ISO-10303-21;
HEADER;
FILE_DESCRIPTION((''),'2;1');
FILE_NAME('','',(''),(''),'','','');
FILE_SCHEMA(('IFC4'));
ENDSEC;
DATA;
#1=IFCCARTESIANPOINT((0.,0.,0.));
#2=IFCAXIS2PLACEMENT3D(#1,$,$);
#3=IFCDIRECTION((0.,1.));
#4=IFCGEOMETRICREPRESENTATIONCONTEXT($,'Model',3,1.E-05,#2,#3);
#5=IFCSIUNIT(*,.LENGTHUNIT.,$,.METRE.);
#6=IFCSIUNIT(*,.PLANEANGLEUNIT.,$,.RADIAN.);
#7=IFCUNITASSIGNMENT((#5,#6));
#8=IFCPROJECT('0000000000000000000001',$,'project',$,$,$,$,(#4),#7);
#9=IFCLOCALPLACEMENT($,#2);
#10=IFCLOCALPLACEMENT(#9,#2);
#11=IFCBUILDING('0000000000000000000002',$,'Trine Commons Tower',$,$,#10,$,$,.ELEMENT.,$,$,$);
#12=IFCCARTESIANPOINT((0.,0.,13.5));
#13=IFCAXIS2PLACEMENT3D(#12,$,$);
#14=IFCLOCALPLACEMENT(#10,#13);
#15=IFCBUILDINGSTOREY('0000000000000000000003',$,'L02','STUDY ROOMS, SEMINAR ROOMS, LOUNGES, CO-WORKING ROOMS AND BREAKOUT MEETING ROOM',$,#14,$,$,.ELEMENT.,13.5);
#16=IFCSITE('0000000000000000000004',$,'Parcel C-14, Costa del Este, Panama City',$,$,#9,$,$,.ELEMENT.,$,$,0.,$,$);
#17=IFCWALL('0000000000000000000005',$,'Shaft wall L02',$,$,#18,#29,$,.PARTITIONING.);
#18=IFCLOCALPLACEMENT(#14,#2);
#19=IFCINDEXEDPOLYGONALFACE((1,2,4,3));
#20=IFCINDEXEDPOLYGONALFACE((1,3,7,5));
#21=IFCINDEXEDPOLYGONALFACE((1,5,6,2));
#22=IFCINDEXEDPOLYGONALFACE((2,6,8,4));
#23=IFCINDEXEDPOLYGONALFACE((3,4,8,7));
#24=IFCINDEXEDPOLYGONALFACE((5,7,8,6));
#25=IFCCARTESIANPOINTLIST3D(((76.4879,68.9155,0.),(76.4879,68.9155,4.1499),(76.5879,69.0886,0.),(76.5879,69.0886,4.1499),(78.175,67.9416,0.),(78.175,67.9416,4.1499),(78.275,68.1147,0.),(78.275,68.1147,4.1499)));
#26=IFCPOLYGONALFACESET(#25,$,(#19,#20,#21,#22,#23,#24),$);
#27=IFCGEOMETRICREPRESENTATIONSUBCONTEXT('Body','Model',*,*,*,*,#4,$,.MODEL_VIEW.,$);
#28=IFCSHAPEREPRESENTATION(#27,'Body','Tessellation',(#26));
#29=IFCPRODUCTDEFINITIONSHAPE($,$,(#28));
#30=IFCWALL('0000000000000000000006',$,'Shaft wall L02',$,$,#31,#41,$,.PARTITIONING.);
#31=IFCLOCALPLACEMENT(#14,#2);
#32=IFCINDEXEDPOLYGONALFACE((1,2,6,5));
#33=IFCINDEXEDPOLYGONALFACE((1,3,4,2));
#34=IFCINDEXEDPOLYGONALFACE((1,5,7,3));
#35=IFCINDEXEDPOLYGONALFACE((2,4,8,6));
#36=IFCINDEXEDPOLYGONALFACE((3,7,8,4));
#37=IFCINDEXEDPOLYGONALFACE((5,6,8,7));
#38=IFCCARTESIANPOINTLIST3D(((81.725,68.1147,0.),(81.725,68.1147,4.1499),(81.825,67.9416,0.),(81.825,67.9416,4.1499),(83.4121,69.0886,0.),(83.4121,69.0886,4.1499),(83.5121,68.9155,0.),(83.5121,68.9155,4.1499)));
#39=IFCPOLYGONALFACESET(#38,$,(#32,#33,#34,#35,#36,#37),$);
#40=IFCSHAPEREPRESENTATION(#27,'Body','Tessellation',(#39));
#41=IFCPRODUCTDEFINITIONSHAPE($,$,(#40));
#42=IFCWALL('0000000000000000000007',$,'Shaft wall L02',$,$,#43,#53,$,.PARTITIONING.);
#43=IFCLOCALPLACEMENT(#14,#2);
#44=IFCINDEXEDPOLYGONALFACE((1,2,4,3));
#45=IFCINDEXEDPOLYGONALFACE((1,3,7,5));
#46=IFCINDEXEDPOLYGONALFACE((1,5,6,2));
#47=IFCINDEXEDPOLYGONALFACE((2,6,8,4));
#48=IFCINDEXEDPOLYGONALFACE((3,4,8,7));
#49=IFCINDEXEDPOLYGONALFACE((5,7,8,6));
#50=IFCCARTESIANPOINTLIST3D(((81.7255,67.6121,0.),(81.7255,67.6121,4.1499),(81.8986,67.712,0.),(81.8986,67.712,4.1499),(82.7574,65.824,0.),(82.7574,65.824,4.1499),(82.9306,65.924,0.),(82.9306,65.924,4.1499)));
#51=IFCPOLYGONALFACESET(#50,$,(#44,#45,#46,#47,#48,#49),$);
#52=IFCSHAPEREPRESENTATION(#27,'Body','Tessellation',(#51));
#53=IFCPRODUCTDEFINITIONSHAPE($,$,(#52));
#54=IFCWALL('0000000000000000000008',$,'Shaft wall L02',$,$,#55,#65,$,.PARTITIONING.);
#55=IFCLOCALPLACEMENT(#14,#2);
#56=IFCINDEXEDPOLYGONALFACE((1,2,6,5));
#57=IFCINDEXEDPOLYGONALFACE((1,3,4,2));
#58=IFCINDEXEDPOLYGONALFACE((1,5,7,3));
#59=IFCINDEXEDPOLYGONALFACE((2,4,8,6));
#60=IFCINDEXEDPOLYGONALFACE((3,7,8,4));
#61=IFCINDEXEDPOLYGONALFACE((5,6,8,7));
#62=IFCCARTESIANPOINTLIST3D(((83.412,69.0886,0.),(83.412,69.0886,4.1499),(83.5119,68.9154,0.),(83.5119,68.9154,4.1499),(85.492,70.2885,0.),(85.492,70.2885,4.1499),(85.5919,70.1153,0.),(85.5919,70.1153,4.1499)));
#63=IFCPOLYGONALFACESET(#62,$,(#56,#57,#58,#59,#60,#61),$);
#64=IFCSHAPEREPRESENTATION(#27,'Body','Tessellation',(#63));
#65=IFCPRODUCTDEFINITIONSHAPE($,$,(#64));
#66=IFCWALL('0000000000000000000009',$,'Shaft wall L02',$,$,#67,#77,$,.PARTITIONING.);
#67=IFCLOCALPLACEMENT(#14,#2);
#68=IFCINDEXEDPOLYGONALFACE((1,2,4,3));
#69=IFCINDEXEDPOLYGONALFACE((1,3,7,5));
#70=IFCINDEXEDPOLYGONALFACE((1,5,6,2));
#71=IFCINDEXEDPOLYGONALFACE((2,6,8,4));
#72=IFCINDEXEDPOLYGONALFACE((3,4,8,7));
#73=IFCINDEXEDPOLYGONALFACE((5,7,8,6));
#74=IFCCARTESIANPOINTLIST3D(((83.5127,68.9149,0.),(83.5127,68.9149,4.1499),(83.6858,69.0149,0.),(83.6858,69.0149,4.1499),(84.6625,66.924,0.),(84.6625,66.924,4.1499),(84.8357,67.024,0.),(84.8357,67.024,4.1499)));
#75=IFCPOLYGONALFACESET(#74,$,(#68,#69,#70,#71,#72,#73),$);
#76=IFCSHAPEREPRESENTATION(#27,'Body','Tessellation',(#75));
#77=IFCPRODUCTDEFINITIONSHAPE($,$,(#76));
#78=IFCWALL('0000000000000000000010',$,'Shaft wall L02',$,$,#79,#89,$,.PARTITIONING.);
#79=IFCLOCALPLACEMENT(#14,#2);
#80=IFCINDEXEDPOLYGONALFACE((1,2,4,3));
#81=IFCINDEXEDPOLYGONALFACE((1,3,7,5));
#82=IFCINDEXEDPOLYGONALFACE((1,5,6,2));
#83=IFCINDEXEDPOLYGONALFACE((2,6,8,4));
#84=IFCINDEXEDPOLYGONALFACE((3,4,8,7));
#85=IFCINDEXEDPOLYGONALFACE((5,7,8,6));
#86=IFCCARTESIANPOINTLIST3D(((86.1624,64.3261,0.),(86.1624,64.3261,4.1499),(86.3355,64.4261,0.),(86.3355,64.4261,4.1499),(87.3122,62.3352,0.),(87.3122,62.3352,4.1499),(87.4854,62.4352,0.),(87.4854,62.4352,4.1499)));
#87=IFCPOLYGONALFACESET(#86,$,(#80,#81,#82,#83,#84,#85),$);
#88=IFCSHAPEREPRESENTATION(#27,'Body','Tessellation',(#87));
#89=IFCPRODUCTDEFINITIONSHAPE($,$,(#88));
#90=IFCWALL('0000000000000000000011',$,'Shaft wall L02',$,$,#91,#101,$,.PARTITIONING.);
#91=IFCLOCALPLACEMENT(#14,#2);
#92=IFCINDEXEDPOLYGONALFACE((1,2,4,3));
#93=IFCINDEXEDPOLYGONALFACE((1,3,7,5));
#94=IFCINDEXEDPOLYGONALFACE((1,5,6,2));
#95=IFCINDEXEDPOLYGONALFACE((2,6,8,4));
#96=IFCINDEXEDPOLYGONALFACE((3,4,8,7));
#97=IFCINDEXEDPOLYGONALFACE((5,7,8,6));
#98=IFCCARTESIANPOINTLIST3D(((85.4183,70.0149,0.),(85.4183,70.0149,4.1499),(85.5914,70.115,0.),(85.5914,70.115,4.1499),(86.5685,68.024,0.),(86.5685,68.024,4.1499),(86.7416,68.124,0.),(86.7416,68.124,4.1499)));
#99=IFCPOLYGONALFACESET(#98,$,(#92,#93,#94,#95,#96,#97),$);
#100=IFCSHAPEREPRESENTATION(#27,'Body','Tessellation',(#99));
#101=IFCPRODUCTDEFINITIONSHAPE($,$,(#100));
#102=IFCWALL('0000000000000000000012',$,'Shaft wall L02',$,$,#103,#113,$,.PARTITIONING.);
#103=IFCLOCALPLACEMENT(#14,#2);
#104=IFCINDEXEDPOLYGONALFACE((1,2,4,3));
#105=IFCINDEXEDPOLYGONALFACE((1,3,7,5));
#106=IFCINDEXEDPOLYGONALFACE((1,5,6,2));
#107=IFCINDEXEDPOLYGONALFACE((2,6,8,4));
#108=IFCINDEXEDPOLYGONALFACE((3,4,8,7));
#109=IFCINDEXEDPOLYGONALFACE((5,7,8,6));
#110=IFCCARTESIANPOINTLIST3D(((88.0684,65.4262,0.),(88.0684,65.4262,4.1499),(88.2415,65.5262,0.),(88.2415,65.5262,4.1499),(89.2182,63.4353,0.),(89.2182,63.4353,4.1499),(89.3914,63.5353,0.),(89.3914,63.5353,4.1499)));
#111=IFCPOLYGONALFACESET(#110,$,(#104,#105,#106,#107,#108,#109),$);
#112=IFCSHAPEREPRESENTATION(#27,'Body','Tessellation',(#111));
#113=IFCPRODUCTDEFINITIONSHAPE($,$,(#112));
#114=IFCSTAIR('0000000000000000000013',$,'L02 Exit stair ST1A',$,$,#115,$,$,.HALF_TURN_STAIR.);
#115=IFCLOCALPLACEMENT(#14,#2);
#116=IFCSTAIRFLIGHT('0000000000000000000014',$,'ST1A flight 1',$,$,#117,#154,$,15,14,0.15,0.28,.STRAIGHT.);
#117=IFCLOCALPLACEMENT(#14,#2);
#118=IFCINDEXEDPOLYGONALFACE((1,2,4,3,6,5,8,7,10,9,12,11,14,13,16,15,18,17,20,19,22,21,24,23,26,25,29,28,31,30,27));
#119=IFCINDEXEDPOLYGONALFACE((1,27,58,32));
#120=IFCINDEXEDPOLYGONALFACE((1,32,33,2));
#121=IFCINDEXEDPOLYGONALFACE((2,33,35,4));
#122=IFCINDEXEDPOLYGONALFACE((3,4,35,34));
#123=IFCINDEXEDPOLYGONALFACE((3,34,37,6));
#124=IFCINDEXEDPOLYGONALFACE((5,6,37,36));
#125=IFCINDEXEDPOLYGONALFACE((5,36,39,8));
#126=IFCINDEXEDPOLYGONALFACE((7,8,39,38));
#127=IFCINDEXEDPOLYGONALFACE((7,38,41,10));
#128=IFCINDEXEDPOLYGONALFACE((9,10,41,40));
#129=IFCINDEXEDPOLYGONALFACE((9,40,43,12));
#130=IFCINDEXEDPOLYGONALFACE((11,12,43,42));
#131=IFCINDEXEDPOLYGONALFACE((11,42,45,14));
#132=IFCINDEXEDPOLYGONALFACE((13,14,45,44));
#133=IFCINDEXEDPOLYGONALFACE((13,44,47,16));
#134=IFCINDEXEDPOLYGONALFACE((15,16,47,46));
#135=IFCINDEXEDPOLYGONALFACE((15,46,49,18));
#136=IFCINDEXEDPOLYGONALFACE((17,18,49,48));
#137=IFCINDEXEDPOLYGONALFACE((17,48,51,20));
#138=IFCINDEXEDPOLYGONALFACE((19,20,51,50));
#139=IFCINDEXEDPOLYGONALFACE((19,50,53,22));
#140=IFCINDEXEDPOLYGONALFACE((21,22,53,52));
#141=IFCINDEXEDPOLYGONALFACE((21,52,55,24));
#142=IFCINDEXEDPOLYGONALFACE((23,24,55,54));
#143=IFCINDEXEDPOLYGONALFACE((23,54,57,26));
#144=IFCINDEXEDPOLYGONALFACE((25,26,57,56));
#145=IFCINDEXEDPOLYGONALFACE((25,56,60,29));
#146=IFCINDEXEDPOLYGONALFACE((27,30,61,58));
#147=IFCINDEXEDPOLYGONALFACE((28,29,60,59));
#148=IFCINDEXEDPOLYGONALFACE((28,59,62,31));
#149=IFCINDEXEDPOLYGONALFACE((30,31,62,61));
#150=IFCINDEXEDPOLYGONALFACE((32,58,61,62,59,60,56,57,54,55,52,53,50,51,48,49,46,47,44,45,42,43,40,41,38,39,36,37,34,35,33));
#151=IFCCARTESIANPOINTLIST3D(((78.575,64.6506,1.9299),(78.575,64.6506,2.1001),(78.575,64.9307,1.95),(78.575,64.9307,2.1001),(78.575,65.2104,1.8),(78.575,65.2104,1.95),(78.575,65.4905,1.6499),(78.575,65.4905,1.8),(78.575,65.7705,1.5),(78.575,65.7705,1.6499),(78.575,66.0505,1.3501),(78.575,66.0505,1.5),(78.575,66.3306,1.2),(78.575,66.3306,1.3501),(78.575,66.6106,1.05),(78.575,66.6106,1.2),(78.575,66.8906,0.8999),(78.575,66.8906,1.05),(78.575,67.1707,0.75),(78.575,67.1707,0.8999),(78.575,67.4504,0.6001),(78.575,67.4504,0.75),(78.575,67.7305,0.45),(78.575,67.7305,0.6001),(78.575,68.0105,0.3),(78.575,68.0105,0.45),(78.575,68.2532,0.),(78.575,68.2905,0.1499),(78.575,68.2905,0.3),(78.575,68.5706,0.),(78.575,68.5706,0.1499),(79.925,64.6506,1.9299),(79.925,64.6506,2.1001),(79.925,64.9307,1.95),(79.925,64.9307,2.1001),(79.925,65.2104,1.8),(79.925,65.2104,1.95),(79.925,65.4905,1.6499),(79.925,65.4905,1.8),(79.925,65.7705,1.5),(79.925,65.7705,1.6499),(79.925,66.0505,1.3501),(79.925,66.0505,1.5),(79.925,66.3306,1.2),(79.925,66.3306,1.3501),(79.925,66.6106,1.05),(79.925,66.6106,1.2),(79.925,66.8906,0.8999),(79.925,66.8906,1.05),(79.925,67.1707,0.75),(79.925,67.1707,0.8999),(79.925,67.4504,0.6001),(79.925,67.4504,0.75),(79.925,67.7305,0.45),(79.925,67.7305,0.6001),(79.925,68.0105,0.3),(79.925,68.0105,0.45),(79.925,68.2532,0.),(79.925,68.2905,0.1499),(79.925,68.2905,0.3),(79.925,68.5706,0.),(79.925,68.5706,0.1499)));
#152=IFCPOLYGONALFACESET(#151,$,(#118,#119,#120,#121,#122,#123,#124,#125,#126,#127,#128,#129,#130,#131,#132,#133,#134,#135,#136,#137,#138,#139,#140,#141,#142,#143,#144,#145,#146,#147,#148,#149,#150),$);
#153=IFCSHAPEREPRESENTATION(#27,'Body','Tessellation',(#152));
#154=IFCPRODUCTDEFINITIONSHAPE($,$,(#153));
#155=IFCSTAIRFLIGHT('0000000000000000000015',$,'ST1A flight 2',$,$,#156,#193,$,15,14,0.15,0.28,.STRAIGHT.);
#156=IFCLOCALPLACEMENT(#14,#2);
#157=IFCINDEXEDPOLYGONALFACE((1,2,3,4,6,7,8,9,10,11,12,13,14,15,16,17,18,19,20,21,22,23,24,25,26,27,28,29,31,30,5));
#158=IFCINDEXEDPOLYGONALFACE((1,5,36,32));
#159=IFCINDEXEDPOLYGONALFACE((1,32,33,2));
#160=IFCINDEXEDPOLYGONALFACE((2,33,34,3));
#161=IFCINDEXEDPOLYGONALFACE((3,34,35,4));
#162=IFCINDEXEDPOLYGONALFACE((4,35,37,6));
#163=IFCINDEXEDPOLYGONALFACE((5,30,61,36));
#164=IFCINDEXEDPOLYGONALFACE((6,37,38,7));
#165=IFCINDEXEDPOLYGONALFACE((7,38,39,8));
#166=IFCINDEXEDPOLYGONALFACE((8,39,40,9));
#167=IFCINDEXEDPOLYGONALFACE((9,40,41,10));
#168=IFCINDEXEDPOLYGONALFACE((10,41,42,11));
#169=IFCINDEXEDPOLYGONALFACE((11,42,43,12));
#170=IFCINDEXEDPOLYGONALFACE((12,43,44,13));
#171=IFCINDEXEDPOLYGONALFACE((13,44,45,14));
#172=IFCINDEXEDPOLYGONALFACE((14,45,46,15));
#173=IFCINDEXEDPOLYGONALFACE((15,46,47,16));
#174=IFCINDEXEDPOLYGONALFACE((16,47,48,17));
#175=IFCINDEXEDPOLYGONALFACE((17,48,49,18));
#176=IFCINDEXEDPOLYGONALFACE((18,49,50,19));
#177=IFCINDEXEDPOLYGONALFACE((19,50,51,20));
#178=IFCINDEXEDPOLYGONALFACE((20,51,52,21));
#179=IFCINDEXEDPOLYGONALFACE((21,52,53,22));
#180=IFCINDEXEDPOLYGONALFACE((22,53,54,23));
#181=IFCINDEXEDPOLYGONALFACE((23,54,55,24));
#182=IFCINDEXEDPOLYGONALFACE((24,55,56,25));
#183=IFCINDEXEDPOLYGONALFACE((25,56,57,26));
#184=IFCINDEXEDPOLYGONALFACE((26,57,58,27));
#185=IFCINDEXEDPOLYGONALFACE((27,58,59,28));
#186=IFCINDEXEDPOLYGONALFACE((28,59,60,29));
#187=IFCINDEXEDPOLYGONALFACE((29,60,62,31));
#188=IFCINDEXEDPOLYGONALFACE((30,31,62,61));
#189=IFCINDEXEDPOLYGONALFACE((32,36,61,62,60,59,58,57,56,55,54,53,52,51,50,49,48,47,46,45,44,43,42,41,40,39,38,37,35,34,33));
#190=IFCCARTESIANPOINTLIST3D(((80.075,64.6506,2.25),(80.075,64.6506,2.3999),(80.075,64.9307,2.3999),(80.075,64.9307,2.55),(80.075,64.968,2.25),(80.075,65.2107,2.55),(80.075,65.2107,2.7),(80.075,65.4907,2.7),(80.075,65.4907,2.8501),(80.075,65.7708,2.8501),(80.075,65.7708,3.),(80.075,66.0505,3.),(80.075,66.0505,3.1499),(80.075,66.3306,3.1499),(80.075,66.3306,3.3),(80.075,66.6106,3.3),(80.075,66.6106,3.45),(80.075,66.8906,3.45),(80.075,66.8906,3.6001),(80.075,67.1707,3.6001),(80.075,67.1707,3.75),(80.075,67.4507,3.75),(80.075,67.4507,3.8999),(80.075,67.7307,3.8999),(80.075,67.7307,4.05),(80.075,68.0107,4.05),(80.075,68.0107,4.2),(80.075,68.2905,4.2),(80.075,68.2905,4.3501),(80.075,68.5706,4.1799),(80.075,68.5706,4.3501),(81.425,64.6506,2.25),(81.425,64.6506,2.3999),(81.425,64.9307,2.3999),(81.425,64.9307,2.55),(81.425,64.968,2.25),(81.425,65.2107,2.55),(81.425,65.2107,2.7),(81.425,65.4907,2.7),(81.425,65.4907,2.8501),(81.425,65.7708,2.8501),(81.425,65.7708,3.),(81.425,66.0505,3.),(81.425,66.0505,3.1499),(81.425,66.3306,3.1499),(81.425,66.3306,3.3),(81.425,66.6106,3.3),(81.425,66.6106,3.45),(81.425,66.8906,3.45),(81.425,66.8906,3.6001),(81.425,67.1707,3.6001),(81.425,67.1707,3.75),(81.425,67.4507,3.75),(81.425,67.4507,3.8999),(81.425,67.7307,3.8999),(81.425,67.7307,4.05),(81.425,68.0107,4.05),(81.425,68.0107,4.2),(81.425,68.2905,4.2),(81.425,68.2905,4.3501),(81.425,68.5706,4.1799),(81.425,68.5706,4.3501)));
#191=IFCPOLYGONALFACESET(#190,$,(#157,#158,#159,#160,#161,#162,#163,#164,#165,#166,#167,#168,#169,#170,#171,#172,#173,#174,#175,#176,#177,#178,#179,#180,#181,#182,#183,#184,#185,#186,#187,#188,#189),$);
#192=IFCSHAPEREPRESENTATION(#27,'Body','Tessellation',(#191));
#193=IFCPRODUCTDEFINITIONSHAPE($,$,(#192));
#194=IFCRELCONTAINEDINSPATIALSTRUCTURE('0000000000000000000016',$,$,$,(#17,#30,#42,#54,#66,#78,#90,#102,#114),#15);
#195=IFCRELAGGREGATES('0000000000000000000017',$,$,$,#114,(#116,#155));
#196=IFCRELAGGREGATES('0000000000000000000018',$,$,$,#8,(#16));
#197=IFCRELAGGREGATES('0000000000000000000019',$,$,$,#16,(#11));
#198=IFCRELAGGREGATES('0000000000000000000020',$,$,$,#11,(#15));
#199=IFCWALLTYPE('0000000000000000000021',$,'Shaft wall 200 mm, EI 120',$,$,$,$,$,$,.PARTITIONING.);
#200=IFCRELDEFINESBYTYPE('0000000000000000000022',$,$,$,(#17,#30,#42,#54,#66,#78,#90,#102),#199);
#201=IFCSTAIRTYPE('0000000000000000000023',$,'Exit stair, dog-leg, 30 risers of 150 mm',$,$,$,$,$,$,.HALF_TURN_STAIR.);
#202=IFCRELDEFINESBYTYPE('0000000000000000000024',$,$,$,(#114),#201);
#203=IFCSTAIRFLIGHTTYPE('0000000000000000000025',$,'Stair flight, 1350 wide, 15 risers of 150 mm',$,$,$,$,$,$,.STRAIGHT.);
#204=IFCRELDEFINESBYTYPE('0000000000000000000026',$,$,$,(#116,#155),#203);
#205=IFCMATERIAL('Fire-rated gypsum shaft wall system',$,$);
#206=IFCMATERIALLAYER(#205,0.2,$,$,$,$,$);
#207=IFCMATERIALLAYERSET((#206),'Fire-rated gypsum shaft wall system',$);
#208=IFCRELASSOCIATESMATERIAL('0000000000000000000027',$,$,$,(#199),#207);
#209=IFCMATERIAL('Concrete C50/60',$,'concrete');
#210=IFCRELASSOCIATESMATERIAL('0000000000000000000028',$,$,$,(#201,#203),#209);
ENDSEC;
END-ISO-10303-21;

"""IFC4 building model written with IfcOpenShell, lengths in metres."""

from ifc_helpers import new_model, si_unit, direction, frame, frame_2d, origin, place, context, subcontext, project, spatial, polyline, rectangle, outline, extrude, material, layer, layer_set, type_object, element, aggregate, save


model = new_model("IFC4")

# Units and contexts
model_context = context("Model", 3, precision=1e-05, world=origin(), true_north=direction((0.0, 1.0)))
body_context = subcontext(model_context, "Body", "Model", "MODEL_VIEW")
ifc_project = project(units=[si_unit("LENGTHUNIT", "METRE"), si_unit("PLANEANGLEUNIT", "RADIAN")], contexts=[model_context])

# Site, building, storey
site_placement = place(None, origin())
site = spatial("IfcSite", under=ifc_project, at=site_placement, Name="Parcel C-14, Costa del Este, Panama City", CompositionType="ELEMENT", RefElevation=0.0)
building_placement = place(site_placement, origin())
building = spatial("IfcBuilding", under=site, at=building_placement, Name="Trine Commons Tower", CompositionType="ELEMENT")
storey_placement = place(building_placement, frame((0.0, 0.0, 13.5)))
storey = spatial("IfcBuildingStorey", under=building, at=storey_placement, Name="L02", Description="STUDY ROOMS, SEMINAR ROOMS, LOUNGES, CO-WORKING ROOMS AND BREAKOUT MEETING ROOM", CompositionType="ELEMENT", Elevation=13.5)

# Shared definitions
ifc_material_1 = material(Name="Concrete C50/60", Category="concrete")

# Walls
ifc_material_2 = material(Name="Fire-rated gypsum shaft wall system")
ifc_layer_1 = layer(ifc_material_2, 0.2)
ifc_layer_set_1 = layer_set([ifc_layer_1], Name="Fire-rated gypsum shaft wall system")
wall_type_1 = type_object("IfcWallType", Name="Shaft wall 200 mm, EI 120", PredefinedType="PARTITIONING", material=ifc_layer_set_1)
for number, where, z_axis, x_axis, name in (
    (1, (78.2251, 68.0281, 0.0), (0.0, 0.0, 1.0), (-0.866052, 0.499954, 0.0), "Shaft wall L02"),
    (2, (81.7749, 68.0281, 0.0), (0.0, 0.0, 1.0), (0.866052, 0.499954, 0.0), "Shaft wall L02"),
):
    element("IfcWall", number, at=place(storey_placement, frame(where, z_axis=z_axis, x_axis=x_axis)), inside=storey, type_object=wall_type_1, Name=name, PredefinedType="PARTITIONING", context=body_context, shape_type="SweptSolid", body=[
        extrude(rectangle(XDim=1.948, YDim=0.2, at=frame_2d((0.9741, 0.0))), origin(), (0.0, 0.0, 1.0), 4.1499),
    ])
wall_1_placement = place(storey_placement, frame((82.844, 65.874, 0.0), z_axis=(0.0, 0.0, 1.0), x_axis=(-0.499866, 0.866103, 0.0)))
element("IfcWall", 3, at=wall_1_placement, inside=storey, type_object=wall_type_1, Name="Shaft wall L02", PredefinedType="PARTITIONING", context=body_context, shape_type="SweptSolid", body=[
    extrude(rectangle(XDim=2.0645, YDim=0.2, at=frame_2d((1.0322, 0.0))), origin(), (0.0, 0.0, 1.0), 4.1499),
])
wall_2_placement = place(storey_placement, frame((83.4619, 69.002, 0.0), z_axis=(0.0, 0.0, 1.0), x_axis=(0.866203, 0.499693, 0.0)))
element("IfcWall", 4, at=wall_2_placement, inside=storey, type_object=wall_type_1, Name="Shaft wall L02", PredefinedType="PARTITIONING", context=body_context, shape_type="SweptSolid", body=[
    extrude(rectangle(XDim=2.4014, YDim=0.2, at=frame_2d((1.2007, 0.0))), origin(), (0.0, 0.0, 1.0), 4.1499),
])
for number, where, z_axis, x_axis, name in (
    (5, (84.749, 66.9741, 0.0), (0.0, 0.0, 1.0), (-0.500136, 0.865947, 0.0), "Shaft wall L02"),
    (6, (86.249, 64.376, 0.0), (0.0, 0.0, 1.0), (0.500136, -0.865947, 0.0), "Shaft wall L02"),
):
    element("IfcWall", number, at=place(storey_placement, frame(where, z_axis=z_axis, x_axis=x_axis)), inside=storey, type_object=wall_type_1, Name=name, PredefinedType="PARTITIONING", context=body_context, shape_type="SweptSolid", body=[
        extrude(rectangle(XDim=2.2991, YDim=0.2, at=frame_2d((1.1494, 0.0))), origin(), (0.0, 0.0, 1.0), 4.1499),
    ])
wall_3_placement = place(storey_placement, frame((86.655, 68.074, 0.0), z_axis=(0.0, 0.0, 1.0), x_axis=(-0.500216, 0.865901, 0.0)))
element("IfcWall", 7, at=wall_3_placement, inside=storey, type_object=wall_type_1, Name="Shaft wall L02", PredefinedType="PARTITIONING", context=body_context, shape_type="SweptSolid", body=[
    extrude(rectangle(XDim=2.2993, YDim=0.2, at=frame_2d((1.1497, 0.0))), origin(), (0.0, 0.0, 1.0), 4.1499),
])
wall_4_placement = place(storey_placement, frame((88.155, 65.4761, 0.0), z_axis=(0.0, 0.0, 1.0), x_axis=(0.500136, -0.865947, 0.0)))
element("IfcWall", 8, at=wall_4_placement, inside=storey, type_object=wall_type_1, Name="Shaft wall L02", PredefinedType="PARTITIONING", context=body_context, shape_type="SweptSolid", body=[
    extrude(rectangle(XDim=2.2991, YDim=0.2, at=frame_2d((1.1494, 0.0))), origin(), (0.0, 0.0, 1.0), 4.1499),
])

# Stair, stair flights
stair_type = type_object("IfcStairType", Name="Exit stair, dog-leg, 30 risers of 150 mm", PredefinedType="HALF_TURN_STAIR", material=ifc_material_1)
stair_placement = place(storey_placement, origin())
stair = element("IfcStair", 9, at=stair_placement, inside=storey, type_object=stair_type, Name="L02 Exit stair ST1A", PredefinedType="HALF_TURN_STAIR")
stair_flight_type = type_object("IfcStairFlightType", Name="Stair flight, 1350 wide, 15 risers of 150 mm", PredefinedType="STRAIGHT", material=ifc_material_1)
stair_flight_1_placement = place(storey_placement, frame((79.25, 68.5706, 0.0), z_axis=(0.0, 0.0, 1.0), x_axis=(0.0, -1.0, 0.0)))
stair_flight_1 = element("IfcStairFlight", 10, at=stair_flight_1_placement, type_object=stair_flight_type, Name="ST1A flight 1", NumberOfRisers=15, NumberOfTreads=14, PredefinedType="STRAIGHT", RiserHeight=0.15, TreadLength=0.28, context=body_context, shape_type="SweptSolid", body=[
    extrude(outline(polyline([(0.0, 0.0), (0.0, 0.1499), (0.28, 0.1499), (0.28, 0.3), (0.5601, 0.3), (0.5601, 0.45), (0.8401, 0.45), (0.8401, 0.6001), (1.1201, 0.6001), (1.1201, 0.75), (1.3999, 0.75), (1.3999, 0.8999), (1.6799, 0.8999), (1.6799, 1.05), (1.96, 1.05), (1.96, 1.2), (2.24, 1.2), (2.24, 1.3501), (2.52, 1.3501), (2.52, 1.5), (2.8, 1.5), (2.8, 1.6499), (3.0801, 1.6499), (3.0801, 1.8), (3.3601, 1.8), (3.3601, 1.95), (3.6399, 1.95), (3.6399, 2.1001), (3.9199, 2.1001), (3.9199, 2.25), (3.9199, 1.9299), (0.3174, 0.0), (0.0, 0.0)])), frame((0.0, 0.675, 0.0), z_axis=(0.0, -1.0, 0.0), x_axis=(1.0, 0.0, 0.0)), (0.0, 0.0, 1.0), 1.3501),
])
stair_flight_2_placement = place(storey_placement, frame((80.75, 64.6506, 2.25), z_axis=(0.0, 0.0, 1.0), x_axis=(0.0, 1.0, 0.0)))
stair_flight_2 = element("IfcStairFlight", 11, at=stair_flight_2_placement, type_object=stair_flight_type, Name="ST1A flight 2", NumberOfRisers=15, NumberOfTreads=14, PredefinedType="STRAIGHT", RiserHeight=0.15, TreadLength=0.28, context=body_context, shape_type="SweptSolid", body=[
    extrude(outline(polyline([(0.0, 0.0), (0.0, 0.1499), (0.28, 0.1499), (0.28, 0.3), (0.5601, 0.3), (0.5601, 0.45), (0.8401, 0.45), (0.8401, 0.6001), (1.1201, 0.6001), (1.1201, 0.75), (1.3999, 0.75), (1.3999, 0.8999), (1.6799, 0.8999), (1.6799, 1.05), (1.96, 1.05), (1.96, 1.2), (2.24, 1.2), (2.24, 1.3501), (2.52, 1.3501), (2.52, 1.5), (2.8, 1.5), (2.8, 1.6499), (3.0801, 1.6499), (3.0801, 1.8), (3.3601, 1.8), (3.3601, 1.95), (3.6399, 1.95), (3.6399, 2.1001), (3.9199, 2.1001), (3.9199, 2.25), (3.9199, 1.9299), (0.3174, 0.0), (0.0, 0.0)])), frame((0.0, 0.675, 0.0), z_axis=(0.0, -1.0, 0.0), x_axis=(1.0, 0.0, 0.0)), (0.0, 0.0, 1.0), 1.3501),
])
aggregate(stair, [stair_flight_1, stair_flight_2])

save(model, "model.ifc")
